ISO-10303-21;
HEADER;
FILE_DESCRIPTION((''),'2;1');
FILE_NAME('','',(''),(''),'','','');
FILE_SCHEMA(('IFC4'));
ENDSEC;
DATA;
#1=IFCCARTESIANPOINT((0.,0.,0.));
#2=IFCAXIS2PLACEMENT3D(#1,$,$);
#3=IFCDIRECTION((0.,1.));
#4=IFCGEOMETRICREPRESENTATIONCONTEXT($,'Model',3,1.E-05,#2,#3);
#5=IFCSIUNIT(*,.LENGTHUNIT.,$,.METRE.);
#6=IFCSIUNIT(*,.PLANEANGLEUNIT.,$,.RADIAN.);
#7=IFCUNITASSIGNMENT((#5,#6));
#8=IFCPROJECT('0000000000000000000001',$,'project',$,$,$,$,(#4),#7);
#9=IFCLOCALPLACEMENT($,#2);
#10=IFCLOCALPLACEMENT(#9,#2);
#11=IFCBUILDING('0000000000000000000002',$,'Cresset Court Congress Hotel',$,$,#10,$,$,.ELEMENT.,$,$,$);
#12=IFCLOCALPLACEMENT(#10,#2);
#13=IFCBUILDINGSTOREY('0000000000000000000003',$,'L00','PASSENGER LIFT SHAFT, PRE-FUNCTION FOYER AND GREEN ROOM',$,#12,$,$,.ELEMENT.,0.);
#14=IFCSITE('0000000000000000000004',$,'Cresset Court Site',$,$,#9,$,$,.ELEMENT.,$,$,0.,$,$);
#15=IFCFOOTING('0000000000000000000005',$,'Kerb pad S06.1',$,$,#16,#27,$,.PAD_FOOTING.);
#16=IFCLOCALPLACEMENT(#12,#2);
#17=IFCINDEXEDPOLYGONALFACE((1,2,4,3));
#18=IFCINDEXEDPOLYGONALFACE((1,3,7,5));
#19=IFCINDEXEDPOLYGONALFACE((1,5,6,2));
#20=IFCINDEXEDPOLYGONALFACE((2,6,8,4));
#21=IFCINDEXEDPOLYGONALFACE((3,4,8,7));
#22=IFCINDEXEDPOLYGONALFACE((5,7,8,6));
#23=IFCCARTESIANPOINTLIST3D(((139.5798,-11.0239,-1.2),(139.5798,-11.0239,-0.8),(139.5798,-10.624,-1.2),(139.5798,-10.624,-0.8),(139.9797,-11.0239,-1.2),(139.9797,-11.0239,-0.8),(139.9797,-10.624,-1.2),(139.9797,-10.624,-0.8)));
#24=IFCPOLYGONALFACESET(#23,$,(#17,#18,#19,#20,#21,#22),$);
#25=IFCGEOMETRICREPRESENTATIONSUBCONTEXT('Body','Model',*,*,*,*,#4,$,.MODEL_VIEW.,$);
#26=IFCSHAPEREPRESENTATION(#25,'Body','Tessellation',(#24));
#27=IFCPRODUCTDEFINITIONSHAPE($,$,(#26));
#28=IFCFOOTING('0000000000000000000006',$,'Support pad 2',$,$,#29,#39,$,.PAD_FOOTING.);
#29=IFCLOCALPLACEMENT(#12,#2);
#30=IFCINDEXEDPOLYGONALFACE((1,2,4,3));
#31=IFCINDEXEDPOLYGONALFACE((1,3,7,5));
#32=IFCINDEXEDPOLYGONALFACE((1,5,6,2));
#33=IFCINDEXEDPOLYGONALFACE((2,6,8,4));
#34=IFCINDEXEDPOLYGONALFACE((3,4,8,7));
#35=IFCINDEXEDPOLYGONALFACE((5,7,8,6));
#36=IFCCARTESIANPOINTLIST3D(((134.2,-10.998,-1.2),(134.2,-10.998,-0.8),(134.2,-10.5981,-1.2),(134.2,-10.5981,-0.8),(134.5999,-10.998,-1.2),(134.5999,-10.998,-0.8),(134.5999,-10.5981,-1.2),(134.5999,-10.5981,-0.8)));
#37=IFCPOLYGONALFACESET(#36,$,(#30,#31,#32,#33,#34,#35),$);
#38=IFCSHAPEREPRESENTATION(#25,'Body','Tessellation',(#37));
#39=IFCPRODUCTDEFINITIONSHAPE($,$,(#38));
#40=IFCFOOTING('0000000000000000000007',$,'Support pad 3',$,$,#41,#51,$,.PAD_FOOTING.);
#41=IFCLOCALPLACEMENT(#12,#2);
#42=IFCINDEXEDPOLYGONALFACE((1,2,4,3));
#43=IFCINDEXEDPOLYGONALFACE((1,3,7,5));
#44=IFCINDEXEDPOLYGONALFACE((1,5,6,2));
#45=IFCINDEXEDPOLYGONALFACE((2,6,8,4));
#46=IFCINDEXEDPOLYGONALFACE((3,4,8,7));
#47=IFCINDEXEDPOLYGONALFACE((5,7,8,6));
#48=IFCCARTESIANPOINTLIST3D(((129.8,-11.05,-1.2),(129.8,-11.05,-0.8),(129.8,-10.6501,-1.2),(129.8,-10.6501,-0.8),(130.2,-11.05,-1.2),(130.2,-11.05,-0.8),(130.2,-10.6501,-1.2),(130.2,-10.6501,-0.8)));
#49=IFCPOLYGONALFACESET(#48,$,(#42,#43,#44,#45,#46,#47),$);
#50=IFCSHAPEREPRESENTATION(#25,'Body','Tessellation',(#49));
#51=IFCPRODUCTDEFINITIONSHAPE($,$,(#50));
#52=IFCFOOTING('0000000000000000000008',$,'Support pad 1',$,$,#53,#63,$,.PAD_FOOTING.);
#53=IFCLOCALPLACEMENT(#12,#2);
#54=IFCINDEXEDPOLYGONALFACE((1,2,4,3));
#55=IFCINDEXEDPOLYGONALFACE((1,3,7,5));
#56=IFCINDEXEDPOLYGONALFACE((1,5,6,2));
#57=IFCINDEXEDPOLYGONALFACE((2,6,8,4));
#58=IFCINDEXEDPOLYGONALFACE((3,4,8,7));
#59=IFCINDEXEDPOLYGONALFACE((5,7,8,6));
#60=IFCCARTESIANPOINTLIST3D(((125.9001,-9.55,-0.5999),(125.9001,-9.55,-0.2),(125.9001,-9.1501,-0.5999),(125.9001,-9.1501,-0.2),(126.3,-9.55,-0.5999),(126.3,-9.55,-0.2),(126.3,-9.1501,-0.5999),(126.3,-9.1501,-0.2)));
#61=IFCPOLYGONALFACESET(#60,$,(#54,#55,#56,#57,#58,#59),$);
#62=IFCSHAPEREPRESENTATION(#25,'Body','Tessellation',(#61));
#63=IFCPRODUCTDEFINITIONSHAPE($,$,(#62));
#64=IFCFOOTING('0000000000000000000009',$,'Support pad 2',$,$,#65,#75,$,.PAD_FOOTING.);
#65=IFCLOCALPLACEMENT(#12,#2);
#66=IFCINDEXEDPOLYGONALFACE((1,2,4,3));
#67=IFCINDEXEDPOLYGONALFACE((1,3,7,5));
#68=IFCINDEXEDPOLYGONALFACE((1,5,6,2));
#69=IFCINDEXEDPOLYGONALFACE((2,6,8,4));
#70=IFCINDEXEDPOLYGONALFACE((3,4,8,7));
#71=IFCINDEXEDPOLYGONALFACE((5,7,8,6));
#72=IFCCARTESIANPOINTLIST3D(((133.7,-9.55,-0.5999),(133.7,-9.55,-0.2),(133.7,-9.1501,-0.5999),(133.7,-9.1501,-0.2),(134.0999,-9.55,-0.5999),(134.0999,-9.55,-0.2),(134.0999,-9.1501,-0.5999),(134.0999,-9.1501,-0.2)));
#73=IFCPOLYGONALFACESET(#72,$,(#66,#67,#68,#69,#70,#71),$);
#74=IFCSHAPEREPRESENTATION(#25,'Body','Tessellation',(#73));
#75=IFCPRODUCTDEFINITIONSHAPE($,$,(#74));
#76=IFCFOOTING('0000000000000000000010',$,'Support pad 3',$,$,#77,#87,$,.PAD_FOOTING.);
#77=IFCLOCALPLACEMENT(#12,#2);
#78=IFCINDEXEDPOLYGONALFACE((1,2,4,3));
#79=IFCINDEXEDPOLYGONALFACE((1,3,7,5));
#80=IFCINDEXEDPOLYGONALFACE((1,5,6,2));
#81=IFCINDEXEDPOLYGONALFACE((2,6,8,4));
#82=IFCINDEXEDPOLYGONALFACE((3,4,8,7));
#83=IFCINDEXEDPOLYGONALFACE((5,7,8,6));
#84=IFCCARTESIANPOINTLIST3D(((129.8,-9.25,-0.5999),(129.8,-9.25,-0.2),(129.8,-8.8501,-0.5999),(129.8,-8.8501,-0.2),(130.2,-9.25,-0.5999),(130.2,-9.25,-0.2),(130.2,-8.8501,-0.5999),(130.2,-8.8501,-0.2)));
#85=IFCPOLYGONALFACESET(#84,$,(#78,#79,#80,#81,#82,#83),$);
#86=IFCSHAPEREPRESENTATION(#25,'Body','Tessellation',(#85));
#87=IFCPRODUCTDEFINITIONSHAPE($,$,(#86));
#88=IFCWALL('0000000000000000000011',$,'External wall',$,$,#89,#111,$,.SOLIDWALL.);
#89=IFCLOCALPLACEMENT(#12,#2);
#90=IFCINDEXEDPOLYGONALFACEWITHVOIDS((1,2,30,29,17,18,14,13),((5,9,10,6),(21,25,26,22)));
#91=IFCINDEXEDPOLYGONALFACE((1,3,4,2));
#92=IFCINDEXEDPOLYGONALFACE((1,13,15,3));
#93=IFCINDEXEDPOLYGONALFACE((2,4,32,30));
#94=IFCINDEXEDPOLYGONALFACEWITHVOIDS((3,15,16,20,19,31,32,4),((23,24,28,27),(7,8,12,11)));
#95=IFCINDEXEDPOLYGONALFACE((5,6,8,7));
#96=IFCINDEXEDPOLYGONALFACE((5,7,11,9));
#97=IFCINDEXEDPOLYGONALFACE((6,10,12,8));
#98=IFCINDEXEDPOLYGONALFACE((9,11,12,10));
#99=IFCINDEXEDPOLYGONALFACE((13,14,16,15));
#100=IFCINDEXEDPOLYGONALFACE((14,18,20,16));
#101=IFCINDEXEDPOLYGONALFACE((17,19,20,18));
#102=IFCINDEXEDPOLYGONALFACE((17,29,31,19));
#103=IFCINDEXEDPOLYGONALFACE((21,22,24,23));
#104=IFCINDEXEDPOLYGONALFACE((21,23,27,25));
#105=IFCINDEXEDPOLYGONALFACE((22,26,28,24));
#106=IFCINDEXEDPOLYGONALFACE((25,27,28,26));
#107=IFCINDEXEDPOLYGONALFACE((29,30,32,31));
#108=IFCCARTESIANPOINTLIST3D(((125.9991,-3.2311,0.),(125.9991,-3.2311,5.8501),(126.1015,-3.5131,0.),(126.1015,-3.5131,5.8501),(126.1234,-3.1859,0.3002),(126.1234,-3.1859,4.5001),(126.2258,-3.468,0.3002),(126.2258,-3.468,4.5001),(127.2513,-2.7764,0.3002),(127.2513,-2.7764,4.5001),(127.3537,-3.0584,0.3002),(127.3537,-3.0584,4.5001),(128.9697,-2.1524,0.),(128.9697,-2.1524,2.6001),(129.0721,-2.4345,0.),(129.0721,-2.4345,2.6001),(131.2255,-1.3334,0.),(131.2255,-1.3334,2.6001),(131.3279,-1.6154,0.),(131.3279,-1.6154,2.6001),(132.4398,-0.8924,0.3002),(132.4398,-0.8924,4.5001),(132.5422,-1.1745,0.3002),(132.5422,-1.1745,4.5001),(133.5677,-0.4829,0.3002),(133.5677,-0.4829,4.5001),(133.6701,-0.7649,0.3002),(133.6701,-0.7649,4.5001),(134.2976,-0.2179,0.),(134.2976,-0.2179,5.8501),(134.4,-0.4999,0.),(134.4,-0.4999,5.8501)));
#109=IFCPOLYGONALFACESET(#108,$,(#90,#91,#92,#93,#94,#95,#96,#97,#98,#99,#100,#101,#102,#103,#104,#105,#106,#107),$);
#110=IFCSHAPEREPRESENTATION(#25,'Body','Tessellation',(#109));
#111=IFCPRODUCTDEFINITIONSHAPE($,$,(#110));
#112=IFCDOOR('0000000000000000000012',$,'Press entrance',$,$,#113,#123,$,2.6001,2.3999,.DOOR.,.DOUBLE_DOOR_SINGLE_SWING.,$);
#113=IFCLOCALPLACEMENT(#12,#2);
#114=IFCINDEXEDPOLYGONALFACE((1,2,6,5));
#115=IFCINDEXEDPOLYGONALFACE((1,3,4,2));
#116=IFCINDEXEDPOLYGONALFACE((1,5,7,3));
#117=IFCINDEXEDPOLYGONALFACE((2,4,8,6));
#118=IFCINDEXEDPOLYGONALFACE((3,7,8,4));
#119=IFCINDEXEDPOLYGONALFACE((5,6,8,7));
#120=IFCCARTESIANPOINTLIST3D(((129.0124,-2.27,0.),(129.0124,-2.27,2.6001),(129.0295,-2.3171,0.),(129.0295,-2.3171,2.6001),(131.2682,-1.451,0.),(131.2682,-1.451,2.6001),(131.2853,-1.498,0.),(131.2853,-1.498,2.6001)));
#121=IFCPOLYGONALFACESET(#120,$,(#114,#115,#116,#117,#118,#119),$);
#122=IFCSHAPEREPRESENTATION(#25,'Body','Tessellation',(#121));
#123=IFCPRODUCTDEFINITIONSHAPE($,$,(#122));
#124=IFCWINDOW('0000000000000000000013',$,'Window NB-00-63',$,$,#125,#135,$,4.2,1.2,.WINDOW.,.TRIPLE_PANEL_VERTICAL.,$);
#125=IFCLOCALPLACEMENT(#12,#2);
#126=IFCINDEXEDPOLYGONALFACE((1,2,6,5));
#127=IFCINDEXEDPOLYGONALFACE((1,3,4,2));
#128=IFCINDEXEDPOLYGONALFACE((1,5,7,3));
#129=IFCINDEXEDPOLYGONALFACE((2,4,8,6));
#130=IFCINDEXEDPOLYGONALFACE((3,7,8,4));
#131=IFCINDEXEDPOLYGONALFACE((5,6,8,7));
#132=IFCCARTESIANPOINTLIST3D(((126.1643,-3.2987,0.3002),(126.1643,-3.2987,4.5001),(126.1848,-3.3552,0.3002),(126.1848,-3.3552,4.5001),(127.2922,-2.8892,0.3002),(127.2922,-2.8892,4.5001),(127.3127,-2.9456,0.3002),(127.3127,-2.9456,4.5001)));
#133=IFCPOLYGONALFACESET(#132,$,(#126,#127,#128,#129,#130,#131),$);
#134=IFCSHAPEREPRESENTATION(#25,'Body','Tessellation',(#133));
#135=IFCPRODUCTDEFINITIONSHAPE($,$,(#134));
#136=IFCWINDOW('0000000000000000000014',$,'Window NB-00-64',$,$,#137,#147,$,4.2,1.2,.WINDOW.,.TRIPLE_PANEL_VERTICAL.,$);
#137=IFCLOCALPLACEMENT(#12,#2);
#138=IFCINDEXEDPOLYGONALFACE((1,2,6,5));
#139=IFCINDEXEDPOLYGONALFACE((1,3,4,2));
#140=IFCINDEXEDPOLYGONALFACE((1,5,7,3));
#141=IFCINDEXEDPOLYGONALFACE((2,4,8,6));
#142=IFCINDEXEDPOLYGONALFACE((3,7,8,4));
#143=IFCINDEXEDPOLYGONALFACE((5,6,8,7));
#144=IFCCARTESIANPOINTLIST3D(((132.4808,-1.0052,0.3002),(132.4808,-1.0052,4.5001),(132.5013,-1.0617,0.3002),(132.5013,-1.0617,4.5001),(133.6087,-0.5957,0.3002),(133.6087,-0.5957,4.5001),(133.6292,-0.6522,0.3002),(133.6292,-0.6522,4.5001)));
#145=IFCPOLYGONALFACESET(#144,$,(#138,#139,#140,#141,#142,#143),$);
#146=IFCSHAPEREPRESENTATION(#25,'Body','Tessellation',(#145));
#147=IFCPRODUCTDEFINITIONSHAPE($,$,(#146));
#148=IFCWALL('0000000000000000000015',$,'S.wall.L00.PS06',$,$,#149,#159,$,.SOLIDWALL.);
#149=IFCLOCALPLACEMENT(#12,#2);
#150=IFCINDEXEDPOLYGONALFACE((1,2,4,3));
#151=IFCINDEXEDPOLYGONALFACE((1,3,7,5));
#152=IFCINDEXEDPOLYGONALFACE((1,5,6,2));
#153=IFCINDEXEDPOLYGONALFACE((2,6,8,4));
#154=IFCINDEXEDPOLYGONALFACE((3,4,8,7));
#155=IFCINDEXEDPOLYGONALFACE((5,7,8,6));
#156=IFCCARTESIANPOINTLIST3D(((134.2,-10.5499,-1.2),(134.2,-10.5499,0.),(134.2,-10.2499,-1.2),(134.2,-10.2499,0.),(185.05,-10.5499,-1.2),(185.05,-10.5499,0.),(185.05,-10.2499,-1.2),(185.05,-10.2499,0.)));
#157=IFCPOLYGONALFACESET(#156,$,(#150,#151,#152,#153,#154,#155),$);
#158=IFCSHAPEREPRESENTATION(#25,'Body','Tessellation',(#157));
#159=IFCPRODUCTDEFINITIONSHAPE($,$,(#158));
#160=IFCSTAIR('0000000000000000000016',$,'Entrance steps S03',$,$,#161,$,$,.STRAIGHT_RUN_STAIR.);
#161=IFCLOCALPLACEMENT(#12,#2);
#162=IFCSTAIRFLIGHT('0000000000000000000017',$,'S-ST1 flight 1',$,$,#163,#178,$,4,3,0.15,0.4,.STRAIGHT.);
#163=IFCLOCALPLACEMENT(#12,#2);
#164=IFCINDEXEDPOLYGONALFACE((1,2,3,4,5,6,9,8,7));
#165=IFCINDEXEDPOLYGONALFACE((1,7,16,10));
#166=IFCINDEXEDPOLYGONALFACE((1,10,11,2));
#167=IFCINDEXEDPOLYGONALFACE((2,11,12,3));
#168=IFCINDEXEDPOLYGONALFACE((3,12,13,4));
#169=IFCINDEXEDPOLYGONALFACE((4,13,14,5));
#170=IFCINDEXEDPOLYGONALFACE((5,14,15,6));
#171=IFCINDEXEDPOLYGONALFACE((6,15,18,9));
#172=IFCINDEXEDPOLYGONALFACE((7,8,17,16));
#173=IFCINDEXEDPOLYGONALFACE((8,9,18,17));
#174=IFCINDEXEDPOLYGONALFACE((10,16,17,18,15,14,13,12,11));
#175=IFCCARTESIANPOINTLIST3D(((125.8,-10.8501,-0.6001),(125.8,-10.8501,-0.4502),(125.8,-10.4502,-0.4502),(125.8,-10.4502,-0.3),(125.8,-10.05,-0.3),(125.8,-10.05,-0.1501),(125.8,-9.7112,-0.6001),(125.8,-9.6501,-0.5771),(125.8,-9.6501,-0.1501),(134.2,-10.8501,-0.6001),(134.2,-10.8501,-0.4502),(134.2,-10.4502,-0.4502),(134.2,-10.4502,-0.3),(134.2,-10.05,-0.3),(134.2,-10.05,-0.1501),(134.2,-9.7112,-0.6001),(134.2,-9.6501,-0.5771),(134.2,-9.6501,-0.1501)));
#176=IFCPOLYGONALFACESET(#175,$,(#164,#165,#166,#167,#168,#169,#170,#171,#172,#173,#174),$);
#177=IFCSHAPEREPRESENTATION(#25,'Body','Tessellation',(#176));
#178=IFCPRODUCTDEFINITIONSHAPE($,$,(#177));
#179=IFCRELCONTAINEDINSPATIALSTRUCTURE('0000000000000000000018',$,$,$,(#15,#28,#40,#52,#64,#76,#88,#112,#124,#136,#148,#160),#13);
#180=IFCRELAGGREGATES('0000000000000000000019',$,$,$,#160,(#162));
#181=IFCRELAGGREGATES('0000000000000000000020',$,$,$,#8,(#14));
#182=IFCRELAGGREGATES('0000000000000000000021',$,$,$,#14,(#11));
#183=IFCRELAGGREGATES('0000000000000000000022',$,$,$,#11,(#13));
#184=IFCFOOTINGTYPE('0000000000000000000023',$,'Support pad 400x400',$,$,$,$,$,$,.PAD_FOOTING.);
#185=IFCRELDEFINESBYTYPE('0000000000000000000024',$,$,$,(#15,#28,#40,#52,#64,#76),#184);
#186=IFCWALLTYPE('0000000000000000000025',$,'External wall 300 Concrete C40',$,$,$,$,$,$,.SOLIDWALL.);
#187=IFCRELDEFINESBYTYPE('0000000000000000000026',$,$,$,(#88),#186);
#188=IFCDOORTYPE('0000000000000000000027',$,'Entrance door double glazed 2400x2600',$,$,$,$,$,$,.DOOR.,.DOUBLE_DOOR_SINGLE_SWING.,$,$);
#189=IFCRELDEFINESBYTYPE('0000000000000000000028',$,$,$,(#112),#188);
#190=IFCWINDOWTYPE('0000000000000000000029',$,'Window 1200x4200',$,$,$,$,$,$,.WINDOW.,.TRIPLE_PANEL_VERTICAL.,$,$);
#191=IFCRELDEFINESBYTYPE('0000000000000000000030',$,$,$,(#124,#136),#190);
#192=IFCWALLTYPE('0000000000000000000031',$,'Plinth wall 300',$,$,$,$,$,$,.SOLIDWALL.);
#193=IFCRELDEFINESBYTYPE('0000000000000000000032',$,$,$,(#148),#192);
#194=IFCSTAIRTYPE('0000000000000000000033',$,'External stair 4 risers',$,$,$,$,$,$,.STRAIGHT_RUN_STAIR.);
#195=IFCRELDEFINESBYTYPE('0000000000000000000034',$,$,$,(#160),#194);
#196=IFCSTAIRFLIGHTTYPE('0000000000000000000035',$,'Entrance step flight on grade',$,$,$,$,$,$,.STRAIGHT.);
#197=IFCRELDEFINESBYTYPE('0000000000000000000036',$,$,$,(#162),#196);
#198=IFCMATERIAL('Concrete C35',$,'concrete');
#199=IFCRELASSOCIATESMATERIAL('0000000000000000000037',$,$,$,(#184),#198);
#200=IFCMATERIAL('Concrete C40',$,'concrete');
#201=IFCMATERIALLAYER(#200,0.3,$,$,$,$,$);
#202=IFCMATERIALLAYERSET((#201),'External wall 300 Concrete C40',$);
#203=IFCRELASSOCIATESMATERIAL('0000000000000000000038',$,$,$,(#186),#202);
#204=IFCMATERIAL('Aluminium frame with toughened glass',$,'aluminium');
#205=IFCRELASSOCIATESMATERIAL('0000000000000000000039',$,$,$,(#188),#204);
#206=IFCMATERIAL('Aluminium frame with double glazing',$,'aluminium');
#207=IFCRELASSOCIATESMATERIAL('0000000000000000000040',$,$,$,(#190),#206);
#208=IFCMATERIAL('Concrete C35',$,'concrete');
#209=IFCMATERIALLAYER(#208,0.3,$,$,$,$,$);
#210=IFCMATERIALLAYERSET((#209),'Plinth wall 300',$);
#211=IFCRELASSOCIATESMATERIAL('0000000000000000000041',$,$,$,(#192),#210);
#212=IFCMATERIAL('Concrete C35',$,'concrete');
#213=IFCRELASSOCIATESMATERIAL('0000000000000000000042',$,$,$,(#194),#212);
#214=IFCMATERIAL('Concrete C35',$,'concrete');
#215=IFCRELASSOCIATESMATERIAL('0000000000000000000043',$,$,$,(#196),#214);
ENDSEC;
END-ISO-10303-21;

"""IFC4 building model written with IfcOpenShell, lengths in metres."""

from ifc_helpers import new_model, si_unit, direction, frame, frame_2d, origin, origin_2d, place, context, subcontext, project, spatial, polyline, rectangle, outline, extrude, material, layer, layer_set, type_object, element, fill, aggregate, save


model = new_model("IFC4")

# Units and contexts
model_context = context("Model", 3, precision=1e-05, world=origin(), true_north=direction((0.0, 1.0)))
body_context = subcontext(model_context, "Body", "Model", "MODEL_VIEW")
ifc_project = project(units=[si_unit("LENGTHUNIT", "METRE"), si_unit("PLANEANGLEUNIT", "RADIAN")], contexts=[model_context])

# Site, building, storey
site_placement = place(None, origin())
site = spatial("IfcSite", under=ifc_project, at=site_placement, Name="Cresset Court Site", CompositionType="ELEMENT", RefElevation=0.0)
building_placement = place(site_placement, origin())
building = spatial("IfcBuilding", under=site, at=building_placement, Name="Cresset Court Congress Hotel", CompositionType="ELEMENT")
storey_placement = place(building_placement, origin())
storey = spatial("IfcBuildingStorey", under=building, at=storey_placement, Name="L00", Description="PASSENGER LIFT SHAFT, PRE-FUNCTION FOYER AND GREEN ROOM", CompositionType="ELEMENT", Elevation=0.0)

# Footings
ifc_material_1 = material(Name="Concrete C35", Category="concrete")
footing_type = type_object("IfcFootingType", Name="Support pad 400x400", PredefinedType="PAD_FOOTING", material=ifc_material_1)
for number, where, z_axis, x_axis, name in (
    (1, (139.7798, -10.824, -1.2), (0.0, 0.0, 1.0), (1.0, 0.0, 0.0), "Kerb pad S06.1"),
    (2, (134.3999, -10.7981, -1.2), (0.0, 0.0, 1.0), (1.0, 0.0, 0.0), "Support pad 2"),
    (3, (130.0, -10.8501, -1.2), (0.0, 0.0, 1.0), (1.0, 0.0, 0.0), "Support pad 3"),
    (4, (126.1001, -9.3501, -0.5999), (0.0, 0.0, 1.0), (1.0, 0.0, 0.0), "Support pad 1"),
    (5, (133.8999, -9.3501, -0.5999), (0.0, 0.0, 1.0), (1.0, 0.0, 0.0), "Support pad 2"),
    (6, (130.0, -9.05, -0.5999), (0.0, 0.0, 1.0), (1.0, 0.0, 0.0), "Support pad 3"),
):
    element("IfcFooting", number, at=place(storey_placement, frame(where, z_axis=z_axis, x_axis=x_axis)), inside=storey, type_object=footing_type, Name=name, PredefinedType="PAD_FOOTING", context=body_context, shape_type="SweptSolid", body=[
        extrude(rectangle(XDim=0.3999, YDim=0.3999, at=origin_2d()), origin(), (0.0, 0.0, 1.0), 0.3999),
    ])

# Wall, openings, door, windows
ifc_material_2 = material(Name="Concrete C40", Category="concrete")
ifc_layer_1 = layer(ifc_material_2, 0.3)
ifc_layer_set_1 = layer_set([ifc_layer_1], Name="External wall 300 Concrete C40")
wall_type_1 = type_object("IfcWallType", Name="External wall 300 Concrete C40", PredefinedType="SOLIDWALL", material=ifc_layer_set_1)
wall_1_placement = place(storey_placement, frame((126.0503, -3.3721, 0.0), z_axis=(0.0, 0.0, 1.0), x_axis=(0.939956, 0.341295, 0.0)))
wall_1 = element("IfcWall", 7, at=wall_1_placement, inside=storey, type_object=wall_type_1, Name="External wall", PredefinedType="SOLIDWALL", context=body_context, shape_type="SweptSolid", body=[
    extrude(rectangle(XDim=8.8286, YDim=0.3, at=frame_2d((4.4143, 0.0))), origin(), (0.0, 0.0, 1.0), 5.8501),
])
opening_1_placement = place(wall_1_placement, frame((3.1604, 0.0, 0.0)))
opening_1 = element("IfcOpeningElement", 8, at=opening_1_placement, cuts=wall_1, PredefinedType="OPENING", context=body_context, shape_type="SweptSolid", body=[
    extrude(rectangle(XDim=2.3999, YDim=2.6001, at=frame_2d((1.2, 1.3))), frame((0.0, 0.1599, 0.0), z_axis=(0.0, -1.0, 0.0), x_axis=(1.0, 0.0, 0.0)), (0.0, 0.0, 1.0), 0.3201),
])
opening_2_placement = place(wall_1_placement, frame((0.1321, 0.0, 0.3)))
opening_2 = element("IfcOpeningElement", 9, at=opening_2_placement, cuts=wall_1, PredefinedType="OPENING", context=body_context, shape_type="SweptSolid", body=[
    extrude(rectangle(XDim=1.2, YDim=4.2, at=frame_2d((0.6001, 2.1001))), frame((0.0, 0.1599, 0.0), z_axis=(0.0, -1.0, 0.0), x_axis=(1.0, 0.0, 0.0)), (0.0, 0.0, 1.0), 0.3201),
])
opening_3_placement = place(wall_1_placement, frame((6.8521, 0.0, 0.3)))
opening_3 = element("IfcOpeningElement", 10, at=opening_3_placement, cuts=wall_1, PredefinedType="OPENING", context=body_context, shape_type="SweptSolid", body=[
    extrude(rectangle(XDim=1.2, YDim=4.2, at=frame_2d((0.6001, 2.1001))), frame((0.0, 0.1599, 0.0), z_axis=(0.0, -1.0, 0.0), x_axis=(1.0, 0.0, 0.0)), (0.0, 0.0, 1.0), 0.3201),
])
ifc_material_3 = material(Name="Aluminium frame with toughened glass", Category="aluminium")
door_type = type_object("IfcDoorType", Name="Entrance door double glazed 2400x2600", OperationType="DOUBLE_DOOR_SINGLE_SWING", PredefinedType="DOOR", material=ifc_material_3)
door_placement = place(opening_1_placement, origin())
door = element("IfcDoor", 11, at=door_placement, inside=storey, type_object=door_type, Name="Press entrance", OperationType="DOUBLE_DOOR_SINGLE_SWING", OverallHeight=2.6001, OverallWidth=2.3999, PredefinedType="DOOR", context=body_context, shape_type="SweptSolid", body=[
    extrude(rectangle(XDim=2.3999, YDim=2.6001, at=frame_2d((1.2, 1.3))), frame((0.0, 0.0249, 0.0), z_axis=(0.0, -1.0, 0.0), x_axis=(1.0, 0.0, 0.0)), (0.0, 0.0, 1.0), 0.05),
])
fill(opening_1, door)
ifc_material_4 = material(Name="Aluminium frame with double glazing", Category="aluminium")
window_type = type_object("IfcWindowType", Name="Window 1200x4200", PartitioningType="TRIPLE_PANEL_VERTICAL", PredefinedType="WINDOW", material=ifc_material_4)
window_1_placement = place(opening_2_placement, origin())
window_1 = element("IfcWindow", 12, at=window_1_placement, inside=storey, type_object=window_type, Name="Window NB-00-63", OverallHeight=4.2, OverallWidth=1.2, PartitioningType="TRIPLE_PANEL_VERTICAL", PredefinedType="WINDOW", context=body_context, shape_type="SweptSolid", body=[
    extrude(rectangle(XDim=1.2, YDim=4.2, at=frame_2d((0.6001, 2.1001))), frame((0.0, 0.03, 0.0), z_axis=(0.0, -1.0, 0.0), x_axis=(1.0, 0.0, 0.0)), (0.0, 0.0, 1.0), 0.0601),
])
fill(opening_2, window_1)
window_2_placement = place(opening_3_placement, origin())
window_2 = element("IfcWindow", 13, at=window_2_placement, inside=storey, type_object=window_type, Name="Window NB-00-64", OverallHeight=4.2, OverallWidth=1.2, PartitioningType="TRIPLE_PANEL_VERTICAL", PredefinedType="WINDOW", context=body_context, shape_type="SweptSolid", body=[
    extrude(rectangle(XDim=1.2, YDim=4.2, at=frame_2d((0.6001, 2.1001))), frame((0.0, 0.03, 0.0), z_axis=(0.0, -1.0, 0.0), x_axis=(1.0, 0.0, 0.0)), (0.0, 0.0, 1.0), 0.0601),
])
fill(opening_3, window_2)

# Wall
ifc_material_5 = material(Name="Concrete C35", Category="concrete")
ifc_layer_2 = layer(ifc_material_5, 0.3)
ifc_layer_set_2 = layer_set([ifc_layer_2], Name="Plinth wall 300")
wall_type_2 = type_object("IfcWallType", Name="Plinth wall 300", PredefinedType="SOLIDWALL", material=ifc_layer_set_2)
wall_2_placement = place(storey_placement, frame((134.2, -10.3999, -1.2), z_axis=(0.0, 0.0, 1.0), x_axis=(1.0, 0.0, 0.0)))
element("IfcWall", 14, at=wall_2_placement, inside=storey, type_object=wall_type_2, Name="S.wall.L00.PS06", PredefinedType="SOLIDWALL", context=body_context, shape_type="SweptSolid", body=[
    extrude(rectangle(XDim=50.8501, YDim=0.3, at=frame_2d((25.425, 0.0))), origin(), (0.0, 0.0, 1.0), 1.2),
])

# Stair, stair flight
ifc_material_6 = material(Name="Concrete C35", Category="concrete")
stair_type = type_object("IfcStairType", Name="External stair 4 risers", PredefinedType="STRAIGHT_RUN_STAIR", material=ifc_material_6)
stair_placement = place(storey_placement, origin())
stair = element("IfcStair", 15, at=stair_placement, inside=storey, type_object=stair_type, Name="Entrance steps S03", PredefinedType="STRAIGHT_RUN_STAIR")
ifc_material_7 = material(Name="Concrete C35", Category="concrete")
stair_flight_type = type_object("IfcStairFlightType", Name="Entrance step flight on grade", PredefinedType="STRAIGHT", material=ifc_material_7)
stair_flight_placement = place(storey_placement, frame((130.0, -10.8501, -0.6001), z_axis=(0.0, 0.0, 1.0), x_axis=(0.0, 1.0, 0.0)))
stair_flight = element("IfcStairFlight", 16, at=stair_flight_placement, type_object=stair_flight_type, Name="S-ST1 flight 1", NumberOfRisers=4, NumberOfTreads=3, PredefinedType="STRAIGHT", RiserHeight=0.15, TreadLength=0.4, context=body_context, shape_type="SweptSolid", body=[
    extrude(outline(polyline([(0.0, 0.0), (0.0, 0.1499), (0.3999, 0.1499), (0.3999, 0.3), (0.8, 0.3), (0.8, 0.45), (1.2, 0.45), (1.2, 0.6001), (1.2, 0.0229), (1.1389, 0.0), (0.0, 0.0)])), frame((0.0, 4.2, 0.0), z_axis=(0.0, -1.0, 0.0), x_axis=(1.0, 0.0, 0.0)), (0.0, 0.0, 1.0), 8.3999),
])
aggregate(stair, [stair_flight])

save(model, "model.ifc")
